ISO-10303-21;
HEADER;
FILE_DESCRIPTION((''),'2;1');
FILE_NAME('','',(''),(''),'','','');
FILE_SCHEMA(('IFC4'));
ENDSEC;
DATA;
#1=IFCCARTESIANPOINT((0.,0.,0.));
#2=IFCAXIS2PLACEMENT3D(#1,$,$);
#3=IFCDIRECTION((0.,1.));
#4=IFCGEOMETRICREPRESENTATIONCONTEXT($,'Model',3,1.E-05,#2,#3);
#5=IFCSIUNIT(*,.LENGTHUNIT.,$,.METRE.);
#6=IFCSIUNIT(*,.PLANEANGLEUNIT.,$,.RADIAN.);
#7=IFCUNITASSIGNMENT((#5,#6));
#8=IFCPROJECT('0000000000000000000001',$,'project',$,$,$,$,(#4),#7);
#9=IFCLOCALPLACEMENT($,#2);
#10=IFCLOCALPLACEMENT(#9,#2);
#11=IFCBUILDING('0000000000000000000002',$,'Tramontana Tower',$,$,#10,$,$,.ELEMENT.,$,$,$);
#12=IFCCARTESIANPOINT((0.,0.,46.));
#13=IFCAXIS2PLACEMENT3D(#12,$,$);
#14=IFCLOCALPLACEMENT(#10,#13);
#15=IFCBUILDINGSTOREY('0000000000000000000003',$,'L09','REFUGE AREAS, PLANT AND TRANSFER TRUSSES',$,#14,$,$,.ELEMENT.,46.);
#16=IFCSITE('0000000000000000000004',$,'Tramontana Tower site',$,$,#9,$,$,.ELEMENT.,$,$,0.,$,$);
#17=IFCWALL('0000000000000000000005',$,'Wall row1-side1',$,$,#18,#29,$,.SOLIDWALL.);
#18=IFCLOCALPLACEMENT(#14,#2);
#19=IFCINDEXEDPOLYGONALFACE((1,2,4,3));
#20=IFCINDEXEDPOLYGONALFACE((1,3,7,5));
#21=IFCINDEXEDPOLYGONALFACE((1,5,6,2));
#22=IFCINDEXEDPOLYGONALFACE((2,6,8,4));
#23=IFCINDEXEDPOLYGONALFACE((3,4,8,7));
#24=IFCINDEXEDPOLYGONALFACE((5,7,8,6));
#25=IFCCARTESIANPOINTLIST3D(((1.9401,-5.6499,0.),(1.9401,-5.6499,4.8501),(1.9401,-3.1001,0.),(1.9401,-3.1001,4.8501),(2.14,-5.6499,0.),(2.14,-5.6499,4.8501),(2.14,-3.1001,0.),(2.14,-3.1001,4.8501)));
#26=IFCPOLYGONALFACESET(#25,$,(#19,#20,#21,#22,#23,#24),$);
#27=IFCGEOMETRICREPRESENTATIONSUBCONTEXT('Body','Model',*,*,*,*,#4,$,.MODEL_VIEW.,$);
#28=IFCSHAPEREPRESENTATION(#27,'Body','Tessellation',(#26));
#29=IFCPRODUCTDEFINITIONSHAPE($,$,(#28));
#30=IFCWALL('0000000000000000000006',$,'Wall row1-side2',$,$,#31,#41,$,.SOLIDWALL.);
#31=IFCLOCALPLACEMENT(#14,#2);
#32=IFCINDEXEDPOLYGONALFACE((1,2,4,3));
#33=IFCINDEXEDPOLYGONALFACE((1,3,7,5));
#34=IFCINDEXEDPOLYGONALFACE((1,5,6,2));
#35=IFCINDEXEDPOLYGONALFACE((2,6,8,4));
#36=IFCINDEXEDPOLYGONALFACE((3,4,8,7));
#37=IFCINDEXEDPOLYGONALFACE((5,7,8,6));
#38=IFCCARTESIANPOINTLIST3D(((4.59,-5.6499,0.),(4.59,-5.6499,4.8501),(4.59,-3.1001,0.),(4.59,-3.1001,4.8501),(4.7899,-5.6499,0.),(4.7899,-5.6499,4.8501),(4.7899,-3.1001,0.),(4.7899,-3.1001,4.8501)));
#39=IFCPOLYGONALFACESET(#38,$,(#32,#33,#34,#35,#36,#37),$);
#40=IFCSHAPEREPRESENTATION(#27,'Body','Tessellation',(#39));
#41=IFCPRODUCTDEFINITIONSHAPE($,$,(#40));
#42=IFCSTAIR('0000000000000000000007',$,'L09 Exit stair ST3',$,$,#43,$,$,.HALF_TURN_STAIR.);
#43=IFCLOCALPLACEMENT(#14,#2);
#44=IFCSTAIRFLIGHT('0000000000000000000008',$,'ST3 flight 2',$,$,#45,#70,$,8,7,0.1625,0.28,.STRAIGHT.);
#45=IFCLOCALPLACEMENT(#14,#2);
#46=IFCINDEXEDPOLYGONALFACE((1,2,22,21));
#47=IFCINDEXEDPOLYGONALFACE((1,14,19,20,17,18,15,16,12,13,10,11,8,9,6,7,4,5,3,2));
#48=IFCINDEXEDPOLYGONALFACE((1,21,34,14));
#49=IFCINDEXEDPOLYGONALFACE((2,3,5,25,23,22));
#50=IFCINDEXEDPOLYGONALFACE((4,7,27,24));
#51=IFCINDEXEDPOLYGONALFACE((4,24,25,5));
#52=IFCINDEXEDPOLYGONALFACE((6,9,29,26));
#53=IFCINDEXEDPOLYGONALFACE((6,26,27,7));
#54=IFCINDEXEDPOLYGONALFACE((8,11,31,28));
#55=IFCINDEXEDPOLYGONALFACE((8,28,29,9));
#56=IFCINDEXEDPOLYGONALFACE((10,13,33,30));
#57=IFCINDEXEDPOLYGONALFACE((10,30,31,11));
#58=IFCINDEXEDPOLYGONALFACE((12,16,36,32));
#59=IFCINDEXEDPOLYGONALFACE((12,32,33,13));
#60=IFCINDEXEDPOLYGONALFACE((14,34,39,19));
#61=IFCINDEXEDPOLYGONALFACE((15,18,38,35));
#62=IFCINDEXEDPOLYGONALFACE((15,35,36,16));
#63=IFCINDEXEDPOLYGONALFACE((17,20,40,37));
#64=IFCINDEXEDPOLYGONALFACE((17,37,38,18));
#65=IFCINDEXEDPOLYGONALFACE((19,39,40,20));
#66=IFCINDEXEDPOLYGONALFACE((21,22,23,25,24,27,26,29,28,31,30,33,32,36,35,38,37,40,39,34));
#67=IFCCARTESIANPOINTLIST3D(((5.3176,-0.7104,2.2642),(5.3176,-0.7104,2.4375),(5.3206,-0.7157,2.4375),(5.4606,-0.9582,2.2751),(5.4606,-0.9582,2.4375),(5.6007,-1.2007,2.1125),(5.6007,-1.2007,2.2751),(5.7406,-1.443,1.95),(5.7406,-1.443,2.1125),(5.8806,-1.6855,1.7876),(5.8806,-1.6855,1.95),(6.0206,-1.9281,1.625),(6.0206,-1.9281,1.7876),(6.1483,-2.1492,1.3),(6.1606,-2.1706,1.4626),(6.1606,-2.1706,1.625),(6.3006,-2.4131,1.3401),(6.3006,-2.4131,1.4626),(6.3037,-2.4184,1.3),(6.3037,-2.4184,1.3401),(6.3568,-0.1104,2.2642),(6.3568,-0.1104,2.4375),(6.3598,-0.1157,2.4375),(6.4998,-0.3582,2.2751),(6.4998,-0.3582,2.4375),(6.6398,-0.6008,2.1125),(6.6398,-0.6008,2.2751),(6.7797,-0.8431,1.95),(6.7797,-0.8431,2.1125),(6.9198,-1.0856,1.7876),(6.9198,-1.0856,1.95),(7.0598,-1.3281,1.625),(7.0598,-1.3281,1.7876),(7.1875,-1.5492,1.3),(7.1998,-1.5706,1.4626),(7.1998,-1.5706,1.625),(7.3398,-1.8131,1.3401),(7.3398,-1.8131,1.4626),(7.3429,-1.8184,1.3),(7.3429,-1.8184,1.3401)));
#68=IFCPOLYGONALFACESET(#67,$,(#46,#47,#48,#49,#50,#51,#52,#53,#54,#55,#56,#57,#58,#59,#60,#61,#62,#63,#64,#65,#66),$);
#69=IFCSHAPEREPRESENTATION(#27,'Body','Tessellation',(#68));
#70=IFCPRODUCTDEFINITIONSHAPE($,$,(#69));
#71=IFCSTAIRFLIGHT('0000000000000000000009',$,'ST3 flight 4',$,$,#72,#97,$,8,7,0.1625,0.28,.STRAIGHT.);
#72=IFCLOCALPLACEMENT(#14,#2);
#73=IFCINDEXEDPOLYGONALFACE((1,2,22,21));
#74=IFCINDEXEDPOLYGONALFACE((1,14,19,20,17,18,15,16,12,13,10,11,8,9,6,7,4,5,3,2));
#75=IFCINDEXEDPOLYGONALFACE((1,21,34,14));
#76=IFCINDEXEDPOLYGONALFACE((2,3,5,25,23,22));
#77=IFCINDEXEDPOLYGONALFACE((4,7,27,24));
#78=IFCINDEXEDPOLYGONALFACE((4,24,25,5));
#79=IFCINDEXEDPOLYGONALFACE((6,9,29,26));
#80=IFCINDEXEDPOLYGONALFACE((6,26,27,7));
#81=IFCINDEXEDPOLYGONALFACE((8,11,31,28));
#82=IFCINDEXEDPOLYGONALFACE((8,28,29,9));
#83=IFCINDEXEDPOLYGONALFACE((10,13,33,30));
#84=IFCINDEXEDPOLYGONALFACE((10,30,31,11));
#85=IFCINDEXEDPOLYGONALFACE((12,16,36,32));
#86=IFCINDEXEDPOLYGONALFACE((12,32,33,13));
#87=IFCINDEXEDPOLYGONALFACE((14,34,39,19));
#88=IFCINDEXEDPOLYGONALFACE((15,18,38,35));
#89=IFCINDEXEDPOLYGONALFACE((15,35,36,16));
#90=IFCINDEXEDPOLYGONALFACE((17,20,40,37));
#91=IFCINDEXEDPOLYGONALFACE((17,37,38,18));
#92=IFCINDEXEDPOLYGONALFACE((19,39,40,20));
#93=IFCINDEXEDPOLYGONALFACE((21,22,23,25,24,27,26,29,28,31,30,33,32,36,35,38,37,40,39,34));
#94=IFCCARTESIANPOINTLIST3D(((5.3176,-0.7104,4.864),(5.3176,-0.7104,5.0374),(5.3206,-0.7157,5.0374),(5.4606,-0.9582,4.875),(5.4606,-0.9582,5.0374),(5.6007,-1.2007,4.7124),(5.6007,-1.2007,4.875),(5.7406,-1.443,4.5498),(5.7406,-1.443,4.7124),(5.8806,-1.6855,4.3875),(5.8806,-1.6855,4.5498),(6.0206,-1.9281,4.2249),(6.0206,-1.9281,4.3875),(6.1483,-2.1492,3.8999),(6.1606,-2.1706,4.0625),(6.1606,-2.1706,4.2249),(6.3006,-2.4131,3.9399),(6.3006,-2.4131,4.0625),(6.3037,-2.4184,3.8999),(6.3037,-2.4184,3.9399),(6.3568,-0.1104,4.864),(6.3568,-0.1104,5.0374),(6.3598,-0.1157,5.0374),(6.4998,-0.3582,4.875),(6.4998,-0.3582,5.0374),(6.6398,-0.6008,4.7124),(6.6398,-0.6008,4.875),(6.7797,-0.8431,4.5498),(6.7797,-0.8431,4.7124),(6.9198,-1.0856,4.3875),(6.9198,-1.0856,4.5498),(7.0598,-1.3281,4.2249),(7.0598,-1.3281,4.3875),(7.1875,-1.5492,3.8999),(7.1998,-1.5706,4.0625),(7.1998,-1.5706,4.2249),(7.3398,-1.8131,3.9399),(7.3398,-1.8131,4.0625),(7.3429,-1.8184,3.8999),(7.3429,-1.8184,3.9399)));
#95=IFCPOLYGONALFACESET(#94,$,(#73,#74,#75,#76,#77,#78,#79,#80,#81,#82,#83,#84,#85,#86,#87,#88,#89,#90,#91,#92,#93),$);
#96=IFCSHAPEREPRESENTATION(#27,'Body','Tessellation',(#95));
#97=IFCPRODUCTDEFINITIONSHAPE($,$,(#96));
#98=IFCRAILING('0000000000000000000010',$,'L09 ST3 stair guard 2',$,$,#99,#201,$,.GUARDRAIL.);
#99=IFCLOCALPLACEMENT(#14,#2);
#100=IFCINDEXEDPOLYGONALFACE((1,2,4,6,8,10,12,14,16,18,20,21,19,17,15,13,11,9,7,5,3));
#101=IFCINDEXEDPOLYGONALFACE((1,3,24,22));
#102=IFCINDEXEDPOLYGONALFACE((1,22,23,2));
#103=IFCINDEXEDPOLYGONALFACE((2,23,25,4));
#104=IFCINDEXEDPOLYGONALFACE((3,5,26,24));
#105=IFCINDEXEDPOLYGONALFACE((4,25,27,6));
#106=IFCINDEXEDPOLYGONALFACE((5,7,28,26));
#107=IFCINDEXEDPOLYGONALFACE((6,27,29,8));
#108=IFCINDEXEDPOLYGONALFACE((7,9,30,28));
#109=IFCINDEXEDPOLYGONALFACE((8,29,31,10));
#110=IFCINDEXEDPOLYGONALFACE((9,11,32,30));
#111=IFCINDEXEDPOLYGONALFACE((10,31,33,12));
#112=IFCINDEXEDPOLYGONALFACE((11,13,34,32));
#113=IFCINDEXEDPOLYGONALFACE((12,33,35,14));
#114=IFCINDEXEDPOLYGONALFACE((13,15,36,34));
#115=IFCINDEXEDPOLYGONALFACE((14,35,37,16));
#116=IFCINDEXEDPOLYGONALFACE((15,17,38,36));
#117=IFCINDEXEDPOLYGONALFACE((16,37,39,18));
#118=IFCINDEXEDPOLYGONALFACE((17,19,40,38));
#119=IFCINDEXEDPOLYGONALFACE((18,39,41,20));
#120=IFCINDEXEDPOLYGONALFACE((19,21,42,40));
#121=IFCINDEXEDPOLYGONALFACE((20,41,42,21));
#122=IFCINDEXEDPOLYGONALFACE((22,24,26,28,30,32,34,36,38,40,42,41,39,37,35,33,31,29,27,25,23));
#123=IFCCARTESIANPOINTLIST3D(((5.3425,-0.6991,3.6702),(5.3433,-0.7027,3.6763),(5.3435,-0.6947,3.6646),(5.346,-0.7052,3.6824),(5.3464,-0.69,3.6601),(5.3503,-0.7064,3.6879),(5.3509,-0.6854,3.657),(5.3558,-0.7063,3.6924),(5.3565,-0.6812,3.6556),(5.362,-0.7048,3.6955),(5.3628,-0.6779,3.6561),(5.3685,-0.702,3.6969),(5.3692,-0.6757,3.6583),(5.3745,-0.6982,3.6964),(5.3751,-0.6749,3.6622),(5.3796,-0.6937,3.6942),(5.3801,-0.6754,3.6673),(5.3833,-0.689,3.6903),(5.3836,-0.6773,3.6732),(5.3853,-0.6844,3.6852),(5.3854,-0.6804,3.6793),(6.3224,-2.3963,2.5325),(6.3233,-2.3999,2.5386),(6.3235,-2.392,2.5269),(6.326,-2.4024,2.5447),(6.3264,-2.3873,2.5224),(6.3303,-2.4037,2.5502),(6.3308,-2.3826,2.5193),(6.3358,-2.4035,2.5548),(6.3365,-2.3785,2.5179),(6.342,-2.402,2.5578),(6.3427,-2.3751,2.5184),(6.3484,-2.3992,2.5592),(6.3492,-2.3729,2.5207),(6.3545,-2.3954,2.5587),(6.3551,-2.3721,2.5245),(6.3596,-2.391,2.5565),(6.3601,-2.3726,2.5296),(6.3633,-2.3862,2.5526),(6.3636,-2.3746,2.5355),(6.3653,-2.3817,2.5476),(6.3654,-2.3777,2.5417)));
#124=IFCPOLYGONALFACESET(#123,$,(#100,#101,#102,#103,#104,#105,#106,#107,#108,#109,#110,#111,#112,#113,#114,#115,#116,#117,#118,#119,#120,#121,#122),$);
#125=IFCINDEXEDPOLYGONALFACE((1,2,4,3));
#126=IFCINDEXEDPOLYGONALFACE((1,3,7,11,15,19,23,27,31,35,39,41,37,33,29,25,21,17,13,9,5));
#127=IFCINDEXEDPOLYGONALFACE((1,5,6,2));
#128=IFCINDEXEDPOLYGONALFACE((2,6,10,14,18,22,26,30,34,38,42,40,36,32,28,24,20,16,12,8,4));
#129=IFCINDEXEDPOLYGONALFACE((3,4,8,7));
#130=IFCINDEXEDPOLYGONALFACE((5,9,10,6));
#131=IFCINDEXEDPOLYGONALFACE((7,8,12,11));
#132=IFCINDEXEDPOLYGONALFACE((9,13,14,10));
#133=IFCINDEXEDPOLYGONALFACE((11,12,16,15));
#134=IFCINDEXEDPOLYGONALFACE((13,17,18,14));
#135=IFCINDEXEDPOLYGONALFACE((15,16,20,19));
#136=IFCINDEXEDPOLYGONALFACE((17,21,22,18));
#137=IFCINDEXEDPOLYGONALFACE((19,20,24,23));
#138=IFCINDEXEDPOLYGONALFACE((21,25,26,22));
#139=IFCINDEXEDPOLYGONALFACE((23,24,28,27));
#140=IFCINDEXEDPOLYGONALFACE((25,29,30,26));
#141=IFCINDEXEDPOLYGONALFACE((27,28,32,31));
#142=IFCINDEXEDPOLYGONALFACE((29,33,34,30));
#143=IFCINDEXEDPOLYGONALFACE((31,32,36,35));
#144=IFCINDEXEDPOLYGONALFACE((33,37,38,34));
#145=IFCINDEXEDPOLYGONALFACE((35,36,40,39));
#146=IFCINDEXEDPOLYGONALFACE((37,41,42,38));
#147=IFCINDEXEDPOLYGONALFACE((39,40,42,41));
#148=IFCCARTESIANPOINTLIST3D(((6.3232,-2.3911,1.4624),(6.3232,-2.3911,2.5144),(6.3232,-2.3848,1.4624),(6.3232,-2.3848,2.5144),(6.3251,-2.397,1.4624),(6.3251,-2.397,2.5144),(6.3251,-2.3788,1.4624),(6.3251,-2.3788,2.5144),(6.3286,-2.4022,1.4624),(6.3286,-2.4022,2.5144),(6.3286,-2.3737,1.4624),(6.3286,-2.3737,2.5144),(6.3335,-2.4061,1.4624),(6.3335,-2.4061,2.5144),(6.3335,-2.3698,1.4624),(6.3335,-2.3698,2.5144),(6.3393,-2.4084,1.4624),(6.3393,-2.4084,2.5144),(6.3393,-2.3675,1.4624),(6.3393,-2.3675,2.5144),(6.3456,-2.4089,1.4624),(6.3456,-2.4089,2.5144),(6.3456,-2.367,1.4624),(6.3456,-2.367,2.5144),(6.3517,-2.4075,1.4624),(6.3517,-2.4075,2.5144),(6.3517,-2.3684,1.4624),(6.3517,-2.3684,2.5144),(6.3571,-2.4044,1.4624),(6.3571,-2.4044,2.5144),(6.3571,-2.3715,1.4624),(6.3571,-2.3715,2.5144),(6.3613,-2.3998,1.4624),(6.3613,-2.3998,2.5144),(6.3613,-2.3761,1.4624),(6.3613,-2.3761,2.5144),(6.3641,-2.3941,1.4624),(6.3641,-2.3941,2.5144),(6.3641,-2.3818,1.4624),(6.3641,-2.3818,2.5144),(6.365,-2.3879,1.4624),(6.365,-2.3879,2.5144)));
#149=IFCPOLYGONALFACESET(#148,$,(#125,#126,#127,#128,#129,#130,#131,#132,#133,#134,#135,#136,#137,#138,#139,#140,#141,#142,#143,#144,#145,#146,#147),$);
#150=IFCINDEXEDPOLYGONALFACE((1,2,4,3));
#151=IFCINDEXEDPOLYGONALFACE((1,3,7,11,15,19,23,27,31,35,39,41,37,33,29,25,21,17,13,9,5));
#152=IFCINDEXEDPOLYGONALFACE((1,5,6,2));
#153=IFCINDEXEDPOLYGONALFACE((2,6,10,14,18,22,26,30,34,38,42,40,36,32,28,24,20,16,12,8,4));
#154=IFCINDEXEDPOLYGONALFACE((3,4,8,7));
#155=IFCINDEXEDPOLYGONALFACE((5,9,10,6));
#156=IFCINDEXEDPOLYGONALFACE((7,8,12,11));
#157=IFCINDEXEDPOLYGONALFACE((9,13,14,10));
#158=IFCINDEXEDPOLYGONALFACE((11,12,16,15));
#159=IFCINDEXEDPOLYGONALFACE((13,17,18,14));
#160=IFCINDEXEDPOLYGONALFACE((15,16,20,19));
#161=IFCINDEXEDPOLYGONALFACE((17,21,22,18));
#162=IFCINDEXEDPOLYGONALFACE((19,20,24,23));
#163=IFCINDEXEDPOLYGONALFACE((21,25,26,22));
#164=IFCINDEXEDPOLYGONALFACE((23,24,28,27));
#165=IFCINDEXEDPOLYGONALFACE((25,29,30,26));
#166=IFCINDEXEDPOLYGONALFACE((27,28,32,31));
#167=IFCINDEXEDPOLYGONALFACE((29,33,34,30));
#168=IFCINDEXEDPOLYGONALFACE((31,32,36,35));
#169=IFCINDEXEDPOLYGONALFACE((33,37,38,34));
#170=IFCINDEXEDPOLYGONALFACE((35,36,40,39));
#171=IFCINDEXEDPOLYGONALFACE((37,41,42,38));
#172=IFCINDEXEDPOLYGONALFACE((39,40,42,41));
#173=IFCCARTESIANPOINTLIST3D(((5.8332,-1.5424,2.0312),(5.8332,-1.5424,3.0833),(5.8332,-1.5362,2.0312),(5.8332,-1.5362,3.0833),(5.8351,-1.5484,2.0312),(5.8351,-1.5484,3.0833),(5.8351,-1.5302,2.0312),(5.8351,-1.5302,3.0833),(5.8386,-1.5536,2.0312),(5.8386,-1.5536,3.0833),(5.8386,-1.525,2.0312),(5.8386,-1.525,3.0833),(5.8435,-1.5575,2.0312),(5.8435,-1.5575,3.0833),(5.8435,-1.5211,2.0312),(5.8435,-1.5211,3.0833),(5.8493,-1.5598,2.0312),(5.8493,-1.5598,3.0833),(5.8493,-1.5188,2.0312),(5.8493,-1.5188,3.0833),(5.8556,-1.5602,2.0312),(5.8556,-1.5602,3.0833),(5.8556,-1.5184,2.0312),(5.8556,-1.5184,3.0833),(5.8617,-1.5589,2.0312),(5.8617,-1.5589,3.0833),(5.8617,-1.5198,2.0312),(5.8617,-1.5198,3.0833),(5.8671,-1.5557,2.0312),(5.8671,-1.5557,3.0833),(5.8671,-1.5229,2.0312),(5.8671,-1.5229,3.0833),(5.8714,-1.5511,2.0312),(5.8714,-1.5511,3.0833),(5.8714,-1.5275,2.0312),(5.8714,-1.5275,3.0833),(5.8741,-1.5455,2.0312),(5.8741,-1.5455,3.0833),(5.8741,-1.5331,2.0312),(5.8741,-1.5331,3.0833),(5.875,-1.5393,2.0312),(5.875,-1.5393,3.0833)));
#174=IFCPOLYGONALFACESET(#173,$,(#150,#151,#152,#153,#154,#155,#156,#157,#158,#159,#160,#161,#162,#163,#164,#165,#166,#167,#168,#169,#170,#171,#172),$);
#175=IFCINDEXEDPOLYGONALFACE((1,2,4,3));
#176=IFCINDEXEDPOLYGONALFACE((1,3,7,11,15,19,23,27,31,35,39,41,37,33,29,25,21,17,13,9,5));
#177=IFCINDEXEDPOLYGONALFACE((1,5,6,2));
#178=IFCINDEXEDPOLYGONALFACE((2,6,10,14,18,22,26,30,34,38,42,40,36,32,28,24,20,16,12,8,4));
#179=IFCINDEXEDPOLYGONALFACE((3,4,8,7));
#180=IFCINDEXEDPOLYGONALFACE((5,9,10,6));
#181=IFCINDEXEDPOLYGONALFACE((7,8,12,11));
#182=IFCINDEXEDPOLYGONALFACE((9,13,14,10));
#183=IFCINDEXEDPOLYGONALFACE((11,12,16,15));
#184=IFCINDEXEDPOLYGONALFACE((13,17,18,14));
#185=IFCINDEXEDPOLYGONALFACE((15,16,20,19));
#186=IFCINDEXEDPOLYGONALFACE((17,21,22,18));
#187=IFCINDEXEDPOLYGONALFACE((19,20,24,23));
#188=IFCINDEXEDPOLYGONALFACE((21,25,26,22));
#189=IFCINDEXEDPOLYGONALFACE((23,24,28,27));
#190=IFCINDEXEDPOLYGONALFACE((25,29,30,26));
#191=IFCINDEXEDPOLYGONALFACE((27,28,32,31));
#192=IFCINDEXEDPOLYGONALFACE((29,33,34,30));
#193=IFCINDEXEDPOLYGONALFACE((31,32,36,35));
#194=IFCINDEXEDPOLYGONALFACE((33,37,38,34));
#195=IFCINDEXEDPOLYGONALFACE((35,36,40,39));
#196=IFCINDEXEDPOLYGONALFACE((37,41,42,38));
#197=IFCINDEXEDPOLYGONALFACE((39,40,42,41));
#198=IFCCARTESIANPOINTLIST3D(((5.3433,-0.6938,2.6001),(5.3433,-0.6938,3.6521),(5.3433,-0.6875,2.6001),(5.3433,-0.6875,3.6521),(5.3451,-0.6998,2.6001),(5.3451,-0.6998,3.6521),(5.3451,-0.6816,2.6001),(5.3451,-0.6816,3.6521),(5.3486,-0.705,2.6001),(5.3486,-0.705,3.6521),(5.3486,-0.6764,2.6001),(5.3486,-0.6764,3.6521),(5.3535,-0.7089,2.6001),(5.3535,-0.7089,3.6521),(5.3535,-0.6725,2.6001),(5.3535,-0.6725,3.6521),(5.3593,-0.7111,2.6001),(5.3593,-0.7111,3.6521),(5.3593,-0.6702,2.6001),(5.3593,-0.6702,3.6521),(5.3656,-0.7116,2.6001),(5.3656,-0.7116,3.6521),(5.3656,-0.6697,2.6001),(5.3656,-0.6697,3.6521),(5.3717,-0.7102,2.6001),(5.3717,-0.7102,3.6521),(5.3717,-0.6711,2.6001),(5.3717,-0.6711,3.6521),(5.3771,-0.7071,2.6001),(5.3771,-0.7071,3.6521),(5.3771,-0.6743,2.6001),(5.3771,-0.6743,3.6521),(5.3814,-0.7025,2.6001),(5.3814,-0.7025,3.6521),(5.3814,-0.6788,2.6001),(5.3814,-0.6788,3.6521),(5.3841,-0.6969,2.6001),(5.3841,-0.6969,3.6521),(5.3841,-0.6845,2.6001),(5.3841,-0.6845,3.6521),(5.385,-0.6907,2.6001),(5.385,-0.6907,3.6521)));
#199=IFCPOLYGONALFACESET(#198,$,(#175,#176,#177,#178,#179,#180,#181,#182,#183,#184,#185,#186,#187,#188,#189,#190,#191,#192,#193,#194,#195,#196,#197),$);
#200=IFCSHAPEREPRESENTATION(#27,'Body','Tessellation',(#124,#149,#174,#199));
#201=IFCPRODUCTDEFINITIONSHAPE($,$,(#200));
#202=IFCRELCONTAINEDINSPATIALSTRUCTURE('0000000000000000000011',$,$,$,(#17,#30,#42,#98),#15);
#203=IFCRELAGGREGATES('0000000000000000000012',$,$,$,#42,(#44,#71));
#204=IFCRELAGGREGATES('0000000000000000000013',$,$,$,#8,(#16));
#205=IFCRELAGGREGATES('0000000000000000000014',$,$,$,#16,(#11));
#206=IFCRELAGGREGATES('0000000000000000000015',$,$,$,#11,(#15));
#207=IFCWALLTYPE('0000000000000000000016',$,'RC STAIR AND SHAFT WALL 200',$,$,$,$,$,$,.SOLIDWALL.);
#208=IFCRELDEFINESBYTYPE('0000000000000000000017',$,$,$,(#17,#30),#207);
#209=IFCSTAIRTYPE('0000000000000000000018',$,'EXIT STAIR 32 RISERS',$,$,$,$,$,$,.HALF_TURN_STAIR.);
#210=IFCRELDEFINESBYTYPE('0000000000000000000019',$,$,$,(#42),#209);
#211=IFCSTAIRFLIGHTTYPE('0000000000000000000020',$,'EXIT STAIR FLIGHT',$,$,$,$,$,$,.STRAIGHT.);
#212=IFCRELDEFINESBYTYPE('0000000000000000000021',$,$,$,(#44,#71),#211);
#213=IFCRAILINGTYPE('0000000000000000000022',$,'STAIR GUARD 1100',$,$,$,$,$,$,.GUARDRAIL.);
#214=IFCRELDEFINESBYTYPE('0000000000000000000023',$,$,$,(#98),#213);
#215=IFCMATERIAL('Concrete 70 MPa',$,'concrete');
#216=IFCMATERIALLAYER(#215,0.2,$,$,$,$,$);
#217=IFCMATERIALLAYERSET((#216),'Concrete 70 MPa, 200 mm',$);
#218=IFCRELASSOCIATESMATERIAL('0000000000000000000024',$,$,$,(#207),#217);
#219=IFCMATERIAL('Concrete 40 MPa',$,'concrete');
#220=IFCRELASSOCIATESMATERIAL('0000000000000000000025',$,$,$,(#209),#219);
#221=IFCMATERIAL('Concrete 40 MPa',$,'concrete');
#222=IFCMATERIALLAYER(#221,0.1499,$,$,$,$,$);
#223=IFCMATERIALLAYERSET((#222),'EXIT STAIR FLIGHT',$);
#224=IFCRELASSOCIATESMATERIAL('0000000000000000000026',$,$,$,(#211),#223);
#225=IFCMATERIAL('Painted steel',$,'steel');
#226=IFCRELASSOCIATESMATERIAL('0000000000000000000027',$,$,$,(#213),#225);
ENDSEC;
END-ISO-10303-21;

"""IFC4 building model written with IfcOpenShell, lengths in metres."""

from ifc_helpers import new_model, si_unit, direction, frame, frame_2d, origin, origin_2d, place, context, subcontext, project, spatial, polyline, rectangle, circle, outline, extrude, material, layer, layer_set, type_object, element, aggregate, save


model = new_model("IFC4")

# Units and contexts
model_context = context("Model", 3, precision=1e-05, world=origin(), true_north=direction((0.0, 1.0)))
body_context = subcontext(model_context, "Body", "Model", "MODEL_VIEW")
ifc_project = project(units=[si_unit("LENGTHUNIT", "METRE"), si_unit("PLANEANGLEUNIT", "RADIAN")], contexts=[model_context])

# Site, building, storey
site_placement = place(None, origin())
site = spatial("IfcSite", under=ifc_project, at=site_placement, Name="Tramontana Tower site", CompositionType="ELEMENT", RefElevation=0.0)
building_placement = place(site_placement, origin())
building = spatial("IfcBuilding", under=site, at=building_placement, Name="Tramontana Tower", CompositionType="ELEMENT")
storey_placement = place(building_placement, frame((0.0, 0.0, 46.0)))
storey = spatial("IfcBuildingStorey", under=building, at=storey_placement, Name="L09", Description="REFUGE AREAS, PLANT AND TRANSFER TRUSSES", CompositionType="ELEMENT", Elevation=46.0)

# Shared definitions
ifc_material_1 = material(Name="Concrete 70 MPa", Category="concrete")
ifc_layer_1 = layer(ifc_material_1, 0.2)
ifc_layer_set_1 = layer_set([ifc_layer_1], Name="Concrete 70 MPa, 200 mm")
wall_type_1 = type_object("IfcWallType", Name="RC STAIR AND SHAFT WALL 200", PredefinedType="SOLIDWALL", material=ifc_layer_set_1)

# Walls
for number, where, z_axis, x_axis, name in (
    (1, (2.04, -3.1001, 0.0), (0.0, 0.0, 1.0), (0.0, -1.0, 0.0), "Wall row1-side1"),
    (2, (4.6899, -3.1001, 0.0), (0.0, 0.0, 1.0), (0.0, -1.0, 0.0), "Wall row1-side2"),
):
    element("IfcWall", number, at=place(storey_placement, frame(where, z_axis=z_axis, x_axis=x_axis)), inside=storey, type_object=wall_type_1, Name=name, PredefinedType="SOLIDWALL", context=body_context, shape_type="SweptSolid", body=[
        extrude(rectangle(XDim=2.5498, YDim=0.2, at=frame_2d((1.2749, 0.0))), origin(), (0.0, 0.0, 1.0), 4.8501),
    ])

# Stair, stair flights
ifc_material_2 = material(Name="Concrete 40 MPa", Category="concrete")
stair_type = type_object("IfcStairType", Name="EXIT STAIR 32 RISERS", PredefinedType="HALF_TURN_STAIR", material=ifc_material_2)
stair_placement = place(storey_placement, origin())
stair = element("IfcStair", 3, at=stair_placement, inside=storey, type_object=stair_type, Name="L09 Exit stair ST3", PredefinedType="HALF_TURN_STAIR")
ifc_material_3 = material(Name="Concrete 40 MPa", Category="concrete")
ifc_layer_2 = layer(ifc_material_3, 0.1499)
ifc_layer_set_2 = layer_set([ifc_layer_2], Name="EXIT STAIR FLIGHT")
stair_flight_type = type_object("IfcStairFlightType", Name="EXIT STAIR FLIGHT", PredefinedType="STRAIGHT", material=ifc_layer_set_2)
stair_flight_1_placement = place(storey_placement, frame((6.8203, -2.113, 1.3), z_axis=(0.0, 0.0, 1.0), x_axis=(-0.5, 0.866025, 0.0)))
stair_flight_1 = element("IfcStairFlight", 4, at=stair_flight_1_placement, type_object=stair_flight_type, Name="ST3 flight 2", NumberOfRisers=8, NumberOfTreads=7, PredefinedType="STRAIGHT", RiserHeight=0.1625, TreadLength=0.28, context=body_context, shape_type="SweptSolid", body=[
    extrude(outline(polyline([(-0.0061, 0.0), (-0.0061, 0.04), (0.0, 0.04), (0.0, 0.1626), (0.28, 0.1626), (0.28, 0.325), (0.5601, 0.325), (0.5601, 0.4875), (0.8401, 0.4875), (0.8401, 0.6499), (1.1201, 0.6499), (1.1201, 0.8125), (1.3999, 0.8125), (1.3999, 0.9751), (1.6799, 0.9751), (1.6799, 1.1375), (1.96, 1.1375), (1.9661, 1.1375), (1.9661, 0.9641), (0.3047, 0.0), (-0.0061, 0.0)])), frame((0.0, 0.6001, 0.0), z_axis=(0.0, -1.0, 0.0), x_axis=(1.0, 0.0, 0.0)), (0.0, 0.0, 1.0), 1.2),
])
stair_flight_2_placement = place(storey_placement, frame((6.8203, -2.113, 3.8999), z_axis=(0.0, 0.0, 1.0), x_axis=(-0.5, 0.866025, 0.0)))
stair_flight_2 = element("IfcStairFlight", 5, at=stair_flight_2_placement, type_object=stair_flight_type, Name="ST3 flight 4", NumberOfRisers=8, NumberOfTreads=7, PredefinedType="STRAIGHT", RiserHeight=0.1625, TreadLength=0.28, context=body_context, shape_type="SweptSolid", body=[
    extrude(outline(polyline([(-0.0061, 0.0), (-0.0061, 0.04), (0.0, 0.04), (0.0, 0.1626), (0.28, 0.1626), (0.28, 0.325), (0.5601, 0.325), (0.5601, 0.4875), (0.8401, 0.4875), (0.8401, 0.6499), (1.1201, 0.6499), (1.1201, 0.8125), (1.3999, 0.8125), (1.3999, 0.9751), (1.6799, 0.9751), (1.6799, 1.1375), (1.96, 1.1375), (1.9661, 1.1375), (1.9661, 0.9641), (0.3047, 0.0), (-0.0061, 0.0)])), frame((0.0, 0.6001, 0.0), z_axis=(0.0, -1.0, 0.0), x_axis=(1.0, 0.0, 0.0)), (0.0, 0.0, 1.0), 1.2),
])
aggregate(stair, [stair_flight_1, stair_flight_2])

# Railing
ifc_material_4 = material(Name="Painted steel", Category="steel")
railing_type_1 = type_object("IfcRailingType", Name="STAIR GUARD 1100", PredefinedType="GUARDRAIL", material=ifc_material_4)
railing_1_placement = place(storey_placement, frame((6.344, -2.3879, 1.4624)))
element("IfcRailing", 6, at=railing_1_placement, inside=storey, type_object=railing_type_1, Name="L09 ST3 stair guard 2", PredefinedType="GUARDRAIL", context=body_context, shape_type="SweptSolid", body=[
    extrude(circle(Radius=0.0239, at=origin_2d()), frame((0.0, 0.0, 1.0762), z_axis=(-0.432443, 0.748965, 0.502039), x_axis=(-0.866011, -0.500024, 0.0)), (0.0, 0.0, 1.0), 2.2661),
    extrude(circle(Radius=0.021, at=origin_2d()), origin(), (0.0, 0.0, 1.0), 1.052),
    extrude(circle(Radius=0.021, at=origin_2d()), frame((-0.49, 0.8486, 0.5688)), (0.0, 0.0, 1.0), 1.052),
    extrude(circle(Radius=0.021, at=origin_2d()), frame((-0.98, 1.6973, 1.1377)), (0.0, 0.0, 1.0), 1.052),
])

save(model, "model.ifc")
